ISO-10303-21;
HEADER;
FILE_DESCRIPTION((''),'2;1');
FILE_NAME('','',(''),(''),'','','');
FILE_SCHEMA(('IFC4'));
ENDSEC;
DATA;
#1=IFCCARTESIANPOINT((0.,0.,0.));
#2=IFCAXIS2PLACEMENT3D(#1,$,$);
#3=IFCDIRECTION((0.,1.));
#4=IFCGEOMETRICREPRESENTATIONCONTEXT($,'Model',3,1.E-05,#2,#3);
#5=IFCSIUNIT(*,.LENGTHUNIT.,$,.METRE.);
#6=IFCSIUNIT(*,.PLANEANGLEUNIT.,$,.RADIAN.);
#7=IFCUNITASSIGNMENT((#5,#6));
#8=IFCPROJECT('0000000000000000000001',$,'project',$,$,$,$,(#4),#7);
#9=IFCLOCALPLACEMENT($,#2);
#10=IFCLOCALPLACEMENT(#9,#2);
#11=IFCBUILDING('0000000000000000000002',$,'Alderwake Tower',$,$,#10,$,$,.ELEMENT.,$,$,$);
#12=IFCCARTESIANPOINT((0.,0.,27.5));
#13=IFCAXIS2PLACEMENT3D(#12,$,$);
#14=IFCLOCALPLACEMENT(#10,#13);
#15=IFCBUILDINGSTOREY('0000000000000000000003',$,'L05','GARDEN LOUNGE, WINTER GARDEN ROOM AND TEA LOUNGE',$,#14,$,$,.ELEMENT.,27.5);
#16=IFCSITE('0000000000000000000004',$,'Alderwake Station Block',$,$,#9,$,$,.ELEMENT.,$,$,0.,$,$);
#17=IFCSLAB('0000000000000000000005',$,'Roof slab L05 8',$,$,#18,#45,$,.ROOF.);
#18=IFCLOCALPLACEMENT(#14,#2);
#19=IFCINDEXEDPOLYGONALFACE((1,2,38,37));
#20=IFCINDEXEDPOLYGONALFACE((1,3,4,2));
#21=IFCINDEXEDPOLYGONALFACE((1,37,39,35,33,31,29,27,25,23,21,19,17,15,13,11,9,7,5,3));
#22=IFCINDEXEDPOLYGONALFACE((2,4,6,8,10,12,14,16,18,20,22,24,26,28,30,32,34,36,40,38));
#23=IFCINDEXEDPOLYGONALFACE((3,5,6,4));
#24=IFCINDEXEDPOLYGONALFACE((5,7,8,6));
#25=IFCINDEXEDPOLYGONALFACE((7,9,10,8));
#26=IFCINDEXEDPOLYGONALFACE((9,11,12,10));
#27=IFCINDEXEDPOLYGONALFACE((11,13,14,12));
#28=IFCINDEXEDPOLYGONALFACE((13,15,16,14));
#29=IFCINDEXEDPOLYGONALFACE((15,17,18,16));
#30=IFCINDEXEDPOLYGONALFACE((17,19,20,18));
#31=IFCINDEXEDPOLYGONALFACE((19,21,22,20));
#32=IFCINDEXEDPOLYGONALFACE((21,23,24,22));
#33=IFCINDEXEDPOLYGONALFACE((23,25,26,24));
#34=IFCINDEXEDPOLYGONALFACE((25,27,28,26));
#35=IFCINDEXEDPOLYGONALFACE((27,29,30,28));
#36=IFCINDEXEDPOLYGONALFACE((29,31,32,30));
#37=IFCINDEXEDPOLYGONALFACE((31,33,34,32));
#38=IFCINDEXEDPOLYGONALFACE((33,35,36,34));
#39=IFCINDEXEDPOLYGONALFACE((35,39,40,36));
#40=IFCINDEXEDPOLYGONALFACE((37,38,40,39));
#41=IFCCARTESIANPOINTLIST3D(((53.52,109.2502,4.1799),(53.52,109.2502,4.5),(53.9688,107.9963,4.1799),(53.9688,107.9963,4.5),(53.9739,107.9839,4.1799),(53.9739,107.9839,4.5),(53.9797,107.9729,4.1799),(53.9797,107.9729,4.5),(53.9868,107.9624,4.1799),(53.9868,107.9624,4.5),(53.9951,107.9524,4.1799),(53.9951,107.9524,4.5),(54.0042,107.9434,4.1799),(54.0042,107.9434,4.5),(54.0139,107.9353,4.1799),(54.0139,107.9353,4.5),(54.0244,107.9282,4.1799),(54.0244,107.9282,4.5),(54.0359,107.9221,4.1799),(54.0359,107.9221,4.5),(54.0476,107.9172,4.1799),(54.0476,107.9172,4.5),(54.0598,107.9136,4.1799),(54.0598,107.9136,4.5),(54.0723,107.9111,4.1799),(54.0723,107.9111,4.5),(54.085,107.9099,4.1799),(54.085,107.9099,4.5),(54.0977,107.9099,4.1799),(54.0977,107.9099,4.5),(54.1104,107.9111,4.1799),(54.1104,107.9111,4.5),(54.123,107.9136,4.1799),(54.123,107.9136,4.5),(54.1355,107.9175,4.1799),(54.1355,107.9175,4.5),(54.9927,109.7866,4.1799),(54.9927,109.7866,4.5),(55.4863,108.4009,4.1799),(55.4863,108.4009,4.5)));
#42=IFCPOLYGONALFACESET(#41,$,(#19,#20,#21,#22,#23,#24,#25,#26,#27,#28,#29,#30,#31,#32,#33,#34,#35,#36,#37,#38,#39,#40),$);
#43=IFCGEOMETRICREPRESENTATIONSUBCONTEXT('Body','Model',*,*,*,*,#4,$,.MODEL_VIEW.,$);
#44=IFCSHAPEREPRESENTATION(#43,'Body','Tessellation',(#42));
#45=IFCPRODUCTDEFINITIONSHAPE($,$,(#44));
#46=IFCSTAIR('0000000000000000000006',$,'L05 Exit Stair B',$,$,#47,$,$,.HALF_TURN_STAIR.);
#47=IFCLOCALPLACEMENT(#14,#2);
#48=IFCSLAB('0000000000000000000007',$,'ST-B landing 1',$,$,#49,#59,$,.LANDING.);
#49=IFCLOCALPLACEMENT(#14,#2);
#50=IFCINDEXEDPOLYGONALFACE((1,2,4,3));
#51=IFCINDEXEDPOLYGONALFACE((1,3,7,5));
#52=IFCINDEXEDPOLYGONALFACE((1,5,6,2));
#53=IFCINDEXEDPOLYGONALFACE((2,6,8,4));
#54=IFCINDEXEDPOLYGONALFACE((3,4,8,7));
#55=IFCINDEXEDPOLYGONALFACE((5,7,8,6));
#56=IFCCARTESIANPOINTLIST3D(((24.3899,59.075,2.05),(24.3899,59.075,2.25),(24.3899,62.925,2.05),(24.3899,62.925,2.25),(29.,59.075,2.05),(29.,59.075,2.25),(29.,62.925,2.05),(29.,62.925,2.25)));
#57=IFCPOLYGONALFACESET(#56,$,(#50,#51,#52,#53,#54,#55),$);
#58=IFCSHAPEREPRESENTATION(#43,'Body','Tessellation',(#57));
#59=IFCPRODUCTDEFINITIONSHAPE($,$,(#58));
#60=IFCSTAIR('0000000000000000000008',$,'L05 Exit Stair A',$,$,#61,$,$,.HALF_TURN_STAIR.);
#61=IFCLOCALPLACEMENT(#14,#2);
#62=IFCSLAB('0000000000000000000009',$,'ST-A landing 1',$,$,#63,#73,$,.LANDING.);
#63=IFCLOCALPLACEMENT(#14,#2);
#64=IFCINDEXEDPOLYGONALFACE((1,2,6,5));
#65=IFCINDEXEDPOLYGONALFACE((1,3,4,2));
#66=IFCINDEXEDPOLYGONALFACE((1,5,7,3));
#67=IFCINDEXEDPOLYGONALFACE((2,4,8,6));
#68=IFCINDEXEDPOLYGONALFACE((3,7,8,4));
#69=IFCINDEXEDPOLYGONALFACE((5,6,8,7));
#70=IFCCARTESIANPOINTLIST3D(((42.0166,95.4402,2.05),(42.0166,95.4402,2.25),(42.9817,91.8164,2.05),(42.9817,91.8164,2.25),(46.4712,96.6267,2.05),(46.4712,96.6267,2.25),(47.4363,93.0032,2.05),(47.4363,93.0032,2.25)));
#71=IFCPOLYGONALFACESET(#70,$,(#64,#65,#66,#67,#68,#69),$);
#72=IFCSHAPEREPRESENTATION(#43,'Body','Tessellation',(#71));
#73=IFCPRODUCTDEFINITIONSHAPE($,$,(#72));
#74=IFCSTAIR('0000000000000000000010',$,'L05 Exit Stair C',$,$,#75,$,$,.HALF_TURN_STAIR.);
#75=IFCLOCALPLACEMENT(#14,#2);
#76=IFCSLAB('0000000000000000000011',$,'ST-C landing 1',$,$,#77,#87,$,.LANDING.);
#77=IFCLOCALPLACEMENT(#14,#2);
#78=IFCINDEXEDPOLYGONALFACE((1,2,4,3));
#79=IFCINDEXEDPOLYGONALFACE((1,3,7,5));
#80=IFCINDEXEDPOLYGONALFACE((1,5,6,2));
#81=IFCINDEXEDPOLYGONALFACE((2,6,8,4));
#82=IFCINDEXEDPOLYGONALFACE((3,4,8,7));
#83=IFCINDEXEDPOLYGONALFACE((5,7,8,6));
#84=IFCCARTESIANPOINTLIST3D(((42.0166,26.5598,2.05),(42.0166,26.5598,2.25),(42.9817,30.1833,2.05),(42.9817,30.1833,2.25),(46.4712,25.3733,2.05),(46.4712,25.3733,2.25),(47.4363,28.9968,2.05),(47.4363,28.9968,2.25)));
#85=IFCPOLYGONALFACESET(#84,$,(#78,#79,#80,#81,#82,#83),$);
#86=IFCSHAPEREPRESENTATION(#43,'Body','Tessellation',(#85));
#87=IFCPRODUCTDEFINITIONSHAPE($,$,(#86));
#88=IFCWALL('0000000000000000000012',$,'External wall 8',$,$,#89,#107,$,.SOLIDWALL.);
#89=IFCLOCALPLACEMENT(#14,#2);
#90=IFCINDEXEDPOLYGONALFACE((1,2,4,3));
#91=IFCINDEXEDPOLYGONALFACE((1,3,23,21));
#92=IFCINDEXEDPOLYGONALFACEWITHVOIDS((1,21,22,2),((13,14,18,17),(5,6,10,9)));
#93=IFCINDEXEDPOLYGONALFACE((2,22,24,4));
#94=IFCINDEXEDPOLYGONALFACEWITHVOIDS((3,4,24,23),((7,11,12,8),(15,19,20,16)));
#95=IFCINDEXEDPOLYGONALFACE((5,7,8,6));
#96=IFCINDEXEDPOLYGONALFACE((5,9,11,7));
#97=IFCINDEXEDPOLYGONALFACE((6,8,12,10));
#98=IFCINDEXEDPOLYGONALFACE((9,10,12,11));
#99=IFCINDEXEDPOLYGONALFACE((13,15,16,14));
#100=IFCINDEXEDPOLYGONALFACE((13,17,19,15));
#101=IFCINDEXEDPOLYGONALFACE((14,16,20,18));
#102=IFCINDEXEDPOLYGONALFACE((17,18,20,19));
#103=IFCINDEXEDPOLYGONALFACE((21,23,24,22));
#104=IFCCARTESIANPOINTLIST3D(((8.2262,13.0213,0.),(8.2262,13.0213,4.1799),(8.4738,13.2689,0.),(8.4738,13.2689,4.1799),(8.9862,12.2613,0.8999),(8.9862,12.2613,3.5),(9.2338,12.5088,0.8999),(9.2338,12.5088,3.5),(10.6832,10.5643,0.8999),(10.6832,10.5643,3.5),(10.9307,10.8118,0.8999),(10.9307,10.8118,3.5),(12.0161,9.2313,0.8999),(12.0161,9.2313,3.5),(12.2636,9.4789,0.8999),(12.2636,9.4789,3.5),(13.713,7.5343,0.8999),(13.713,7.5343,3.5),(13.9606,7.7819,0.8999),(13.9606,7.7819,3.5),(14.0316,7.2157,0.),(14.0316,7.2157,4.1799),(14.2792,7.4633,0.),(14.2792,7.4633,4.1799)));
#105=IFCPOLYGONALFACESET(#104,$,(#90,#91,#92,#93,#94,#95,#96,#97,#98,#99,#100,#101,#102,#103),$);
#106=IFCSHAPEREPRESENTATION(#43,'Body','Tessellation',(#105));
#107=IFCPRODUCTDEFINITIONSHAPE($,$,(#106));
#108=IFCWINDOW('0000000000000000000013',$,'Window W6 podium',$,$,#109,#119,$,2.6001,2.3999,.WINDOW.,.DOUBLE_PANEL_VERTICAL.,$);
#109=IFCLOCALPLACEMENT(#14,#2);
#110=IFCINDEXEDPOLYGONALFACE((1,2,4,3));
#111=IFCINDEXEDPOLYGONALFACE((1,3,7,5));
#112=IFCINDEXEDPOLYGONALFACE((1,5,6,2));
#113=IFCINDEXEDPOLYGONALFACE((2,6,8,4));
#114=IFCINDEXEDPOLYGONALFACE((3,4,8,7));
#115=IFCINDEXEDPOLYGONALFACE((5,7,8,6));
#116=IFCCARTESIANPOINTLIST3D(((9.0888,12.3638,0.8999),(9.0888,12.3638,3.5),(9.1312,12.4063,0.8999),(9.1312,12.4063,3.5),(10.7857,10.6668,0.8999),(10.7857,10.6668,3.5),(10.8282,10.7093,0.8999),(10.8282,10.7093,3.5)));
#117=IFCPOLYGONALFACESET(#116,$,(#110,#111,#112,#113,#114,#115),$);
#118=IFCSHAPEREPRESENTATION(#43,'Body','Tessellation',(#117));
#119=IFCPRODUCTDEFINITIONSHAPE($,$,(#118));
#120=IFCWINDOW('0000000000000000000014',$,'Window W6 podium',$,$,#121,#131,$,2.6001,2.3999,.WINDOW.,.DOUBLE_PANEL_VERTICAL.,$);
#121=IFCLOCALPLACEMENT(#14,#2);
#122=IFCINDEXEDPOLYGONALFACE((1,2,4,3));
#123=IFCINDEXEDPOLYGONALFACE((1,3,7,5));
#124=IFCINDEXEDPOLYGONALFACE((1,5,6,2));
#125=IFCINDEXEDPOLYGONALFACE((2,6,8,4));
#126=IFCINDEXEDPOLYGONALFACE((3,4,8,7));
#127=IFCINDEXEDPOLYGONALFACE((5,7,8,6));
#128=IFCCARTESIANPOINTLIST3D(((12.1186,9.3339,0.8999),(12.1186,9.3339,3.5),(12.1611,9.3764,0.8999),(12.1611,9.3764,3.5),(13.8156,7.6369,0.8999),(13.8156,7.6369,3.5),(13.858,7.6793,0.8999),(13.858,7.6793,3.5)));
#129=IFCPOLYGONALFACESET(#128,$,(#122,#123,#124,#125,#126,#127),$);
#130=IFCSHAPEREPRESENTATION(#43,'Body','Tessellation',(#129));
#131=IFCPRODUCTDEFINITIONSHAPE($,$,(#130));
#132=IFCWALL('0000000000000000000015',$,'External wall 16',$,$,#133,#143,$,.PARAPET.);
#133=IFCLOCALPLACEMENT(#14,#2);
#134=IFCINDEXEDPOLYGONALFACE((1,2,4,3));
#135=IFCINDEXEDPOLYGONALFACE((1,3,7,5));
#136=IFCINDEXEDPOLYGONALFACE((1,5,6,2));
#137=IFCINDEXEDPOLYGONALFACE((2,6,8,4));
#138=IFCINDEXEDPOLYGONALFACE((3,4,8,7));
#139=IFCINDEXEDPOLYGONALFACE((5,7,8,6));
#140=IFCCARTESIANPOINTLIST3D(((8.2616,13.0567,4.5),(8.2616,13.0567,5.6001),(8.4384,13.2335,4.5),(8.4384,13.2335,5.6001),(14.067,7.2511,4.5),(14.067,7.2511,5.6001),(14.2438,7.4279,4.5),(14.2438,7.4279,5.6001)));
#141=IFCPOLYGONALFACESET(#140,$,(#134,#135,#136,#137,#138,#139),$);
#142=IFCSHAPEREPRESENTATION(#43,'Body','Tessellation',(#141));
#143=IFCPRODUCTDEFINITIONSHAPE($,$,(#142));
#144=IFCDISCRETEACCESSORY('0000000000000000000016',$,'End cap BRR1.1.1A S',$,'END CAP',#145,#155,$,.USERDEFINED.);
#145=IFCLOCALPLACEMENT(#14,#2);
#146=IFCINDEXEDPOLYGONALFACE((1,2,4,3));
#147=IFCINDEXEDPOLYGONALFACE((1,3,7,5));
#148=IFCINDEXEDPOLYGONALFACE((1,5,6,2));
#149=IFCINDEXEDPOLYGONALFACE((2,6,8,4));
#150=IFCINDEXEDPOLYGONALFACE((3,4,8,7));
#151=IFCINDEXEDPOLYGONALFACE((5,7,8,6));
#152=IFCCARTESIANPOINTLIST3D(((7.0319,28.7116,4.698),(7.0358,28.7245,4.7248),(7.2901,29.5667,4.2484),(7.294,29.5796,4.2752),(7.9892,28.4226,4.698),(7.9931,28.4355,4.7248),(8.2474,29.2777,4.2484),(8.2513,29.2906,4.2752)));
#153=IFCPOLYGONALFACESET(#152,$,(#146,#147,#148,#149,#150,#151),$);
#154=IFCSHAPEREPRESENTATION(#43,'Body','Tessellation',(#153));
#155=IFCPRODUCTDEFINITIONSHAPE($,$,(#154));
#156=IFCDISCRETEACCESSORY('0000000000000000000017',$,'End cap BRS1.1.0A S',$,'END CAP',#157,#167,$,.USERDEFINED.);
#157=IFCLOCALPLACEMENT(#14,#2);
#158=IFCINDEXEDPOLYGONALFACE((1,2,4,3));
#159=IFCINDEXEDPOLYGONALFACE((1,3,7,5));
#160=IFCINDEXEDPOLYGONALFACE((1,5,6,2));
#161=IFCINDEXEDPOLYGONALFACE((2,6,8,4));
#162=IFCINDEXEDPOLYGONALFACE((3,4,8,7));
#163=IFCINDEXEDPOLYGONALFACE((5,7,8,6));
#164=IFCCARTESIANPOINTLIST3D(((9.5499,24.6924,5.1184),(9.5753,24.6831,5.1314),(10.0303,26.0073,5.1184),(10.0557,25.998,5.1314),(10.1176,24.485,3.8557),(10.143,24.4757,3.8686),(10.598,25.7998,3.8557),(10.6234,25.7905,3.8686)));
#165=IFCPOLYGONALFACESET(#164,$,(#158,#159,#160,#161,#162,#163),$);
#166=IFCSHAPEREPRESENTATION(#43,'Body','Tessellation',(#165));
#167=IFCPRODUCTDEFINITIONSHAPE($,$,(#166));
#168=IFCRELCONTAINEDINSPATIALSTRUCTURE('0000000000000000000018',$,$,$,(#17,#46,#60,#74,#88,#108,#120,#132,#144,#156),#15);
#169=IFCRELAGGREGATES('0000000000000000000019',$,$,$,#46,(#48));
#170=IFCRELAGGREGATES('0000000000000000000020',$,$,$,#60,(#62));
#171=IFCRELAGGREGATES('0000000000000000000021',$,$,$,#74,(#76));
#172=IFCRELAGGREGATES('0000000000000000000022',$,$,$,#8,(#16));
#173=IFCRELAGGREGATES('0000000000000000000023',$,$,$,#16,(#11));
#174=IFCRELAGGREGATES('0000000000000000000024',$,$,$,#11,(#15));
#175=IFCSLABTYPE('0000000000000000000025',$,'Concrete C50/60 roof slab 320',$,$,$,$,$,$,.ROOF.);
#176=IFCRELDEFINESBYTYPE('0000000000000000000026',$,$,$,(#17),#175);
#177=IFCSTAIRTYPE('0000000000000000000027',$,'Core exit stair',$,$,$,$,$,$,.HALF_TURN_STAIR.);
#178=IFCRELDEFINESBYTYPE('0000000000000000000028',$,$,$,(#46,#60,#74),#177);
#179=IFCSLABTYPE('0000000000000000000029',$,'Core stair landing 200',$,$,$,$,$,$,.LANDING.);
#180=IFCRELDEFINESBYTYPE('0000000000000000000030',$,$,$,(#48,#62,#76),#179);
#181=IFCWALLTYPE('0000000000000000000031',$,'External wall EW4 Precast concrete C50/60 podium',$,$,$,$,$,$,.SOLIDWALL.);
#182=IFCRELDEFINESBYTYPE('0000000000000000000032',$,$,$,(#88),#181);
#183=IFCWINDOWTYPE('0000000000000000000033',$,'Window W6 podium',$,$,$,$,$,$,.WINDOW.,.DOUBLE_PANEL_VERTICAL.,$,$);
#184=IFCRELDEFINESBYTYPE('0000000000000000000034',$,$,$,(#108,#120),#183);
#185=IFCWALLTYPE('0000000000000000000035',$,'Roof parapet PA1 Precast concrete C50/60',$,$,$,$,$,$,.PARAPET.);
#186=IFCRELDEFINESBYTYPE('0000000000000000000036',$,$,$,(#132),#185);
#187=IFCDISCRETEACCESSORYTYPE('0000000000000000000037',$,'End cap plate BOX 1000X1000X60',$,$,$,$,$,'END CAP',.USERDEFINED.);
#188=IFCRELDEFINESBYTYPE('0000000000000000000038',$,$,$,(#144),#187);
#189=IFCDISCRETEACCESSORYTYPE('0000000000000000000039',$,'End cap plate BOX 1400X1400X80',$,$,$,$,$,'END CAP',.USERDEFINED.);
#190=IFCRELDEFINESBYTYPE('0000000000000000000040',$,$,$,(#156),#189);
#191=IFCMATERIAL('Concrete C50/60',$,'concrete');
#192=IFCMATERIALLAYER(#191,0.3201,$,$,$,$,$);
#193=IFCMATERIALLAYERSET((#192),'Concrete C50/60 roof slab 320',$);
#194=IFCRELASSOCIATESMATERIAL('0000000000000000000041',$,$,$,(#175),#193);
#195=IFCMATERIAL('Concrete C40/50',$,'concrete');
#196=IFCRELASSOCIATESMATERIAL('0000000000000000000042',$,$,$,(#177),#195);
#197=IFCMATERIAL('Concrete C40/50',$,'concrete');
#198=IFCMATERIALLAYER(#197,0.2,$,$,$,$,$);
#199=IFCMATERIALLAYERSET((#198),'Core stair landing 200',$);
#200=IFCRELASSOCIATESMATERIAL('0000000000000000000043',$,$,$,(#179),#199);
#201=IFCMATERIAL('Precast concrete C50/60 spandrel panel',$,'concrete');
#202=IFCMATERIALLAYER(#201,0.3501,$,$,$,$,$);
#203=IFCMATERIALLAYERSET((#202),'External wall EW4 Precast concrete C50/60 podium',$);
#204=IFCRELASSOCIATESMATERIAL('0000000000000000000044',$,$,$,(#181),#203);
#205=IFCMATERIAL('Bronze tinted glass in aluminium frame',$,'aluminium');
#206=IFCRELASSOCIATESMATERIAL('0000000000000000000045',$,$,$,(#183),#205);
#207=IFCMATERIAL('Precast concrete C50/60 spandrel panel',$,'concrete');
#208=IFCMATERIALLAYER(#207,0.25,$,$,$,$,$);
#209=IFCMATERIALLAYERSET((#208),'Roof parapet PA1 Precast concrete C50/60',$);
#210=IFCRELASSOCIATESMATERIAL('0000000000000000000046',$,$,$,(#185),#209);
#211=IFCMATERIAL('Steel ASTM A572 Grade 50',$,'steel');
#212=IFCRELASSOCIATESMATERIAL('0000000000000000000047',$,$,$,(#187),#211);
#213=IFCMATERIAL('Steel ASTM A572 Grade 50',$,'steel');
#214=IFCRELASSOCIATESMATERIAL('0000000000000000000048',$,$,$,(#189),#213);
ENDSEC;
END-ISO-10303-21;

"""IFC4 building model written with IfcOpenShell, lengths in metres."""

from ifc_helpers import new_model, si_unit, direction, frame, frame_2d, origin, origin_2d, place, context, subcontext, project, spatial, polyline, rectangle, outline, extrude, material, layer, layer_set, material_profile, profile_set, type_object, element, fill, aggregate, save


model = new_model("IFC4")

# Units and contexts
model_context = context("Model", 3, precision=1e-05, world=origin(), true_north=direction((0.0, 1.0)))
body_context = subcontext(model_context, "Body", "Model", "MODEL_VIEW")
ifc_project = project(units=[si_unit("LENGTHUNIT", "METRE"), si_unit("PLANEANGLEUNIT", "RADIAN")], contexts=[model_context])

# Site, building, storey
site_placement = place(None, origin())
site = spatial("IfcSite", under=ifc_project, at=site_placement, Name="Alderwake Station Block", CompositionType="ELEMENT", RefElevation=0.0)
building_placement = place(site_placement, origin())
building = spatial("IfcBuilding", under=site, at=building_placement, Name="Alderwake Tower", CompositionType="ELEMENT")
storey_placement = place(building_placement, frame((0.0, 0.0, 27.5)))
storey = spatial("IfcBuildingStorey", under=building, at=storey_placement, Name="L05", Description="GARDEN LOUNGE, WINTER GARDEN ROOM AND TEA LOUNGE", CompositionType="ELEMENT", Elevation=27.5)

# Slab
ifc_material_1 = material(Name="Concrete C50/60", Category="concrete")
ifc_layer_1 = layer(ifc_material_1, 0.3201)
ifc_layer_set_1 = layer_set([ifc_layer_1], Name="Concrete C50/60 roof slab 320")
slab_type_1 = type_object("IfcSlabType", Name="Concrete C50/60 roof slab 320", PredefinedType="ROOF", material=ifc_layer_set_1)
slab_1_placement = place(storey_placement, frame((0.0, 0.0, 4.1799)))
element("IfcSlab", 1, at=slab_1_placement, inside=storey, type_object=slab_type_1, Name="Roof slab L05 8", PredefinedType="ROOF", context=body_context, shape_type="SweptSolid", body=[
    extrude(outline(polyline([(54.123, 107.9136), (54.1355, 107.9175), (55.4863, 108.4009), (54.9927, 109.7866), (53.52, 109.2502), (53.9688, 107.9963), (53.9739, 107.9839), (53.9797, 107.9729), (53.9868, 107.9624), (53.9951, 107.9524), (54.0042, 107.9434), (54.0139, 107.9353), (54.0244, 107.9282), (54.0359, 107.9221), (54.0476, 107.9172), (54.0598, 107.9136), (54.0723, 107.9111), (54.085, 107.9099), (54.0977, 107.9099), (54.1104, 107.9111), (54.123, 107.9136)])), origin(), (0.0, 0.0, 1.0), 0.3201),
])

# Stairs, slabs
ifc_material_2 = material(Name="Concrete C40/50", Category="concrete")
stair_type = type_object("IfcStairType", Name="Core exit stair", PredefinedType="HALF_TURN_STAIR", material=ifc_material_2)
stair_1_placement = place(storey_placement, origin())
stair_1 = element("IfcStair", 2, at=stair_1_placement, inside=storey, type_object=stair_type, Name="L05 Exit Stair B", PredefinedType="HALF_TURN_STAIR")
ifc_material_3 = material(Name="Concrete C40/50", Category="concrete")
ifc_layer_2 = layer(ifc_material_3, 0.2)
ifc_layer_set_2 = layer_set([ifc_layer_2], Name="Core stair landing 200")
slab_type_2 = type_object("IfcSlabType", Name="Core stair landing 200", PredefinedType="LANDING", material=ifc_layer_set_2)
slab_2_placement = place(storey_placement, frame((0.0, 0.0, 2.05)))
slab_2 = element("IfcSlab", 3, at=slab_2_placement, type_object=slab_type_2, Name="ST-B landing 1", PredefinedType="LANDING", context=body_context, shape_type="SweptSolid", body=[
    extrude(outline(polyline([(24.3899, 59.075), (29.0, 59.075), (29.0, 62.925), (24.3899, 62.925), (24.3899, 59.075)])), origin(), (0.0, 0.0, 1.0), 0.2),
])
aggregate(stair_1, [slab_2])
stair_2_placement = place(storey_placement, origin())
stair_2 = element("IfcStair", 4, at=stair_2_placement, inside=storey, type_object=stair_type, Name="L05 Exit Stair A", PredefinedType="HALF_TURN_STAIR")
slab_3_placement = place(storey_placement, frame((0.0, 0.0, 2.05)))
slab_3 = element("IfcSlab", 5, at=slab_3_placement, type_object=slab_type_2, Name="ST-A landing 1", PredefinedType="LANDING", context=body_context, shape_type="SweptSolid", body=[
    extrude(outline(polyline([(42.9817, 91.8164), (47.4363, 93.0032), (46.4712, 96.6267), (42.0166, 95.4402), (42.9817, 91.8164)])), origin(), (0.0, 0.0, 1.0), 0.2),
])
aggregate(stair_2, [slab_3])
stair_3_placement = place(storey_placement, origin())
stair_3 = element("IfcStair", 6, at=stair_3_placement, inside=storey, type_object=stair_type, Name="L05 Exit Stair C", PredefinedType="HALF_TURN_STAIR")
slab_4_placement = place(storey_placement, frame((0.0, 0.0, 2.05)))
slab_4 = element("IfcSlab", 7, at=slab_4_placement, type_object=slab_type_2, Name="ST-C landing 1", PredefinedType="LANDING", context=body_context, shape_type="SweptSolid", body=[
    extrude(outline(polyline([(42.0166, 26.5598), (46.4712, 25.3733), (47.4363, 28.9968), (42.9817, 30.1833), (42.0166, 26.5598)])), origin(), (0.0, 0.0, 1.0), 0.2),
])
aggregate(stair_3, [slab_4])

# Wall, openings, windows
ifc_material_4 = material(Name="Precast concrete C50/60 spandrel panel", Category="concrete")
ifc_layer_3 = layer(ifc_material_4, 0.3501)
ifc_layer_set_3 = layer_set([ifc_layer_3], Name="External wall EW4 Precast concrete C50/60 podium")
wall_type_1 = type_object("IfcWallType", Name="External wall EW4 Precast concrete C50/60 podium", PredefinedType="SOLIDWALL", material=ifc_layer_set_3)
wall_1_placement = place(storey_placement, frame((8.3501, 13.145, 0.0), z_axis=(0.0, 0.0, 1.0), x_axis=(0.707092, -0.707122, 0.0)))
wall_1 = element("IfcWall", 8, at=wall_1_placement, inside=storey, type_object=wall_type_1, Name="External wall 8", PredefinedType="SOLIDWALL", context=body_context, shape_type="SweptSolid", body=[
    extrude(rectangle(XDim=8.2102, YDim=0.3501, at=frame_2d((4.105, 0.0))), origin(), (0.0, 0.0, 1.0), 4.1799),
])
opening_1_placement = place(wall_1_placement, frame((1.0747, 0.0, 0.8999)))
opening_1 = element("IfcOpeningElement", 9, at=opening_1_placement, cuts=wall_1, PredefinedType="OPENING", context=body_context, shape_type="SweptSolid", body=[
    extrude(rectangle(XDim=2.3999, YDim=2.6001, at=frame_2d((1.2, 1.3))), frame((0.0, 0.1851, 0.0), z_axis=(0.0, -1.0, 0.0), x_axis=(1.0, 0.0, 0.0)), (0.0, 0.0, 1.0), 0.3701),
])
opening_2_placement = place(wall_1_placement, frame((5.3596, 0.0, 0.8999)))
opening_2 = element("IfcOpeningElement", 10, at=opening_2_placement, cuts=wall_1, PredefinedType="OPENING", context=body_context, shape_type="SweptSolid", body=[
    extrude(rectangle(XDim=2.3999, YDim=2.6001, at=frame_2d((1.2, 1.3))), frame((0.0, 0.1851, 0.0), z_axis=(0.0, -1.0, 0.0), x_axis=(1.0, 0.0, 0.0)), (0.0, 0.0, 1.0), 0.3701),
])
ifc_material_5 = material(Name="Bronze tinted glass in aluminium frame", Category="aluminium")
window_type = type_object("IfcWindowType", Name="Window W6 podium", PartitioningType="DOUBLE_PANEL_VERTICAL", PredefinedType="WINDOW", material=ifc_material_5)
window_1_placement = place(opening_1_placement, origin())
window_1 = element("IfcWindow", 11, at=window_1_placement, inside=storey, type_object=window_type, Name="Window W6 podium", OverallHeight=2.6001, OverallWidth=2.3999, PartitioningType="DOUBLE_PANEL_VERTICAL", PredefinedType="WINDOW", context=body_context, shape_type="SweptSolid", body=[
    extrude(rectangle(XDim=2.3999, YDim=2.6001, at=frame_2d((1.2, 1.3))), frame((0.0, 0.03, 0.0), z_axis=(0.0, -1.0, 0.0), x_axis=(1.0, 0.0, 0.0)), (0.0, 0.0, 1.0), 0.0601),
])
fill(opening_1, window_1)
window_2_placement = place(opening_2_placement, origin())
window_2 = element("IfcWindow", 12, at=window_2_placement, inside=storey, type_object=window_type, Name="Window W6 podium", OverallHeight=2.6001, OverallWidth=2.3999, PartitioningType="DOUBLE_PANEL_VERTICAL", PredefinedType="WINDOW", context=body_context, shape_type="SweptSolid", body=[
    extrude(rectangle(XDim=2.3999, YDim=2.6001, at=frame_2d((1.2, 1.3))), frame((0.0, 0.03, 0.0), z_axis=(0.0, -1.0, 0.0), x_axis=(1.0, 0.0, 0.0)), (0.0, 0.0, 1.0), 0.0601),
])
fill(opening_2, window_2)

# Wall
ifc_material_6 = material(Name="Precast concrete C50/60 spandrel panel", Category="concrete")
ifc_layer_4 = layer(ifc_material_6, 0.25)
ifc_layer_set_4 = layer_set([ifc_layer_4], Name="Roof parapet PA1 Precast concrete C50/60")
wall_type_2 = type_object("IfcWallType", Name="Roof parapet PA1 Precast concrete C50/60", PredefinedType="PARAPET", material=ifc_layer_set_4)
wall_2_placement = place(storey_placement, frame((8.3501, 13.145, 4.5), z_axis=(0.0, 0.0, 1.0), x_axis=(0.707092, -0.707122, 0.0)))
element("IfcWall", 13, at=wall_2_placement, inside=storey, type_object=wall_type_2, Name="External wall 16", PredefinedType="PARAPET", context=body_context, shape_type="SweptSolid", body=[
    extrude(rectangle(XDim=8.2102, YDim=0.25, at=frame_2d((4.105, 0.0))), origin(), (0.0, 0.0, 1.0), 1.1001),
])

# Discrete accessories
ifc_material_7 = material(Name="Steel ASTM A572 Grade 50", Category="steel")
ifc_material_profile_1 = material_profile(ifc_material_7, rectangle(XDim=1.0, YDim=1.0, at=origin_2d()), Name="BOX 1000X1000X60 cap")
ifc_profile_set_1 = profile_set([ifc_material_profile_1], Name="Steel ASTM A572 Grade 50")
discrete_accessory_type_1 = type_object("IfcDiscreteAccessoryType", Name="End cap plate BOX 1000X1000X60", ElementType="END CAP", PredefinedType="USERDEFINED", material=ifc_profile_set_1)
discrete_accessory_1_placement = place(storey_placement, frame((7.6436, 29.0076, 4.5), z_axis=(-0.129927, -0.430383, -0.893247), x_axis=(0.957328, -0.289005, 0.0)))
element("IfcDiscreteAccessory", 14, at=discrete_accessory_1_placement, inside=storey, type_object=discrete_accessory_type_1, Name="End cap BRR1.1.1A S", ObjectType="END CAP", PredefinedType="USERDEFINED", context=body_context, shape_type="SweptSolid", body=[
    extrude(rectangle(XDim=1.0, YDim=1.0, at=origin_2d()), origin(), (0.0, 0.0, 1.0), 0.03),
])
ifc_material_8 = material(Name="Steel ASTM A572 Grade 50", Category="steel")
ifc_material_profile_2 = material_profile(ifc_material_8, rectangle(XDim=1.3999, YDim=1.3999, at=origin_2d()), Name="BOX 1400X1400X80 cap")
ifc_profile_set_2 = profile_set([ifc_material_profile_2], Name="Steel ASTM A572 Grade 50")
discrete_accessory_type_2 = type_object("IfcDiscreteAccessoryType", Name="End cap plate BOX 1400X1400X80", ElementType="END CAP", PredefinedType="USERDEFINED", material=ifc_profile_set_2)
discrete_accessory_2_placement = place(storey_placement, frame((10.0994, 25.2368, 4.5), z_axis=(-0.84721, 0.309558, -0.431751), x_axis=(-0.343193, -0.939265, 0.0)))
element("IfcDiscreteAccessory", 15, at=discrete_accessory_2_placement, inside=storey, type_object=discrete_accessory_type_2, Name="End cap BRS1.1.0A S", ObjectType="END CAP", PredefinedType="USERDEFINED", context=body_context, shape_type="SweptSolid", body=[
    extrude(rectangle(XDim=1.3999, YDim=1.3999, at=origin_2d()), origin(), (0.0, 0.0, 1.0), 0.03),
])

save(model, "model.ifc")
